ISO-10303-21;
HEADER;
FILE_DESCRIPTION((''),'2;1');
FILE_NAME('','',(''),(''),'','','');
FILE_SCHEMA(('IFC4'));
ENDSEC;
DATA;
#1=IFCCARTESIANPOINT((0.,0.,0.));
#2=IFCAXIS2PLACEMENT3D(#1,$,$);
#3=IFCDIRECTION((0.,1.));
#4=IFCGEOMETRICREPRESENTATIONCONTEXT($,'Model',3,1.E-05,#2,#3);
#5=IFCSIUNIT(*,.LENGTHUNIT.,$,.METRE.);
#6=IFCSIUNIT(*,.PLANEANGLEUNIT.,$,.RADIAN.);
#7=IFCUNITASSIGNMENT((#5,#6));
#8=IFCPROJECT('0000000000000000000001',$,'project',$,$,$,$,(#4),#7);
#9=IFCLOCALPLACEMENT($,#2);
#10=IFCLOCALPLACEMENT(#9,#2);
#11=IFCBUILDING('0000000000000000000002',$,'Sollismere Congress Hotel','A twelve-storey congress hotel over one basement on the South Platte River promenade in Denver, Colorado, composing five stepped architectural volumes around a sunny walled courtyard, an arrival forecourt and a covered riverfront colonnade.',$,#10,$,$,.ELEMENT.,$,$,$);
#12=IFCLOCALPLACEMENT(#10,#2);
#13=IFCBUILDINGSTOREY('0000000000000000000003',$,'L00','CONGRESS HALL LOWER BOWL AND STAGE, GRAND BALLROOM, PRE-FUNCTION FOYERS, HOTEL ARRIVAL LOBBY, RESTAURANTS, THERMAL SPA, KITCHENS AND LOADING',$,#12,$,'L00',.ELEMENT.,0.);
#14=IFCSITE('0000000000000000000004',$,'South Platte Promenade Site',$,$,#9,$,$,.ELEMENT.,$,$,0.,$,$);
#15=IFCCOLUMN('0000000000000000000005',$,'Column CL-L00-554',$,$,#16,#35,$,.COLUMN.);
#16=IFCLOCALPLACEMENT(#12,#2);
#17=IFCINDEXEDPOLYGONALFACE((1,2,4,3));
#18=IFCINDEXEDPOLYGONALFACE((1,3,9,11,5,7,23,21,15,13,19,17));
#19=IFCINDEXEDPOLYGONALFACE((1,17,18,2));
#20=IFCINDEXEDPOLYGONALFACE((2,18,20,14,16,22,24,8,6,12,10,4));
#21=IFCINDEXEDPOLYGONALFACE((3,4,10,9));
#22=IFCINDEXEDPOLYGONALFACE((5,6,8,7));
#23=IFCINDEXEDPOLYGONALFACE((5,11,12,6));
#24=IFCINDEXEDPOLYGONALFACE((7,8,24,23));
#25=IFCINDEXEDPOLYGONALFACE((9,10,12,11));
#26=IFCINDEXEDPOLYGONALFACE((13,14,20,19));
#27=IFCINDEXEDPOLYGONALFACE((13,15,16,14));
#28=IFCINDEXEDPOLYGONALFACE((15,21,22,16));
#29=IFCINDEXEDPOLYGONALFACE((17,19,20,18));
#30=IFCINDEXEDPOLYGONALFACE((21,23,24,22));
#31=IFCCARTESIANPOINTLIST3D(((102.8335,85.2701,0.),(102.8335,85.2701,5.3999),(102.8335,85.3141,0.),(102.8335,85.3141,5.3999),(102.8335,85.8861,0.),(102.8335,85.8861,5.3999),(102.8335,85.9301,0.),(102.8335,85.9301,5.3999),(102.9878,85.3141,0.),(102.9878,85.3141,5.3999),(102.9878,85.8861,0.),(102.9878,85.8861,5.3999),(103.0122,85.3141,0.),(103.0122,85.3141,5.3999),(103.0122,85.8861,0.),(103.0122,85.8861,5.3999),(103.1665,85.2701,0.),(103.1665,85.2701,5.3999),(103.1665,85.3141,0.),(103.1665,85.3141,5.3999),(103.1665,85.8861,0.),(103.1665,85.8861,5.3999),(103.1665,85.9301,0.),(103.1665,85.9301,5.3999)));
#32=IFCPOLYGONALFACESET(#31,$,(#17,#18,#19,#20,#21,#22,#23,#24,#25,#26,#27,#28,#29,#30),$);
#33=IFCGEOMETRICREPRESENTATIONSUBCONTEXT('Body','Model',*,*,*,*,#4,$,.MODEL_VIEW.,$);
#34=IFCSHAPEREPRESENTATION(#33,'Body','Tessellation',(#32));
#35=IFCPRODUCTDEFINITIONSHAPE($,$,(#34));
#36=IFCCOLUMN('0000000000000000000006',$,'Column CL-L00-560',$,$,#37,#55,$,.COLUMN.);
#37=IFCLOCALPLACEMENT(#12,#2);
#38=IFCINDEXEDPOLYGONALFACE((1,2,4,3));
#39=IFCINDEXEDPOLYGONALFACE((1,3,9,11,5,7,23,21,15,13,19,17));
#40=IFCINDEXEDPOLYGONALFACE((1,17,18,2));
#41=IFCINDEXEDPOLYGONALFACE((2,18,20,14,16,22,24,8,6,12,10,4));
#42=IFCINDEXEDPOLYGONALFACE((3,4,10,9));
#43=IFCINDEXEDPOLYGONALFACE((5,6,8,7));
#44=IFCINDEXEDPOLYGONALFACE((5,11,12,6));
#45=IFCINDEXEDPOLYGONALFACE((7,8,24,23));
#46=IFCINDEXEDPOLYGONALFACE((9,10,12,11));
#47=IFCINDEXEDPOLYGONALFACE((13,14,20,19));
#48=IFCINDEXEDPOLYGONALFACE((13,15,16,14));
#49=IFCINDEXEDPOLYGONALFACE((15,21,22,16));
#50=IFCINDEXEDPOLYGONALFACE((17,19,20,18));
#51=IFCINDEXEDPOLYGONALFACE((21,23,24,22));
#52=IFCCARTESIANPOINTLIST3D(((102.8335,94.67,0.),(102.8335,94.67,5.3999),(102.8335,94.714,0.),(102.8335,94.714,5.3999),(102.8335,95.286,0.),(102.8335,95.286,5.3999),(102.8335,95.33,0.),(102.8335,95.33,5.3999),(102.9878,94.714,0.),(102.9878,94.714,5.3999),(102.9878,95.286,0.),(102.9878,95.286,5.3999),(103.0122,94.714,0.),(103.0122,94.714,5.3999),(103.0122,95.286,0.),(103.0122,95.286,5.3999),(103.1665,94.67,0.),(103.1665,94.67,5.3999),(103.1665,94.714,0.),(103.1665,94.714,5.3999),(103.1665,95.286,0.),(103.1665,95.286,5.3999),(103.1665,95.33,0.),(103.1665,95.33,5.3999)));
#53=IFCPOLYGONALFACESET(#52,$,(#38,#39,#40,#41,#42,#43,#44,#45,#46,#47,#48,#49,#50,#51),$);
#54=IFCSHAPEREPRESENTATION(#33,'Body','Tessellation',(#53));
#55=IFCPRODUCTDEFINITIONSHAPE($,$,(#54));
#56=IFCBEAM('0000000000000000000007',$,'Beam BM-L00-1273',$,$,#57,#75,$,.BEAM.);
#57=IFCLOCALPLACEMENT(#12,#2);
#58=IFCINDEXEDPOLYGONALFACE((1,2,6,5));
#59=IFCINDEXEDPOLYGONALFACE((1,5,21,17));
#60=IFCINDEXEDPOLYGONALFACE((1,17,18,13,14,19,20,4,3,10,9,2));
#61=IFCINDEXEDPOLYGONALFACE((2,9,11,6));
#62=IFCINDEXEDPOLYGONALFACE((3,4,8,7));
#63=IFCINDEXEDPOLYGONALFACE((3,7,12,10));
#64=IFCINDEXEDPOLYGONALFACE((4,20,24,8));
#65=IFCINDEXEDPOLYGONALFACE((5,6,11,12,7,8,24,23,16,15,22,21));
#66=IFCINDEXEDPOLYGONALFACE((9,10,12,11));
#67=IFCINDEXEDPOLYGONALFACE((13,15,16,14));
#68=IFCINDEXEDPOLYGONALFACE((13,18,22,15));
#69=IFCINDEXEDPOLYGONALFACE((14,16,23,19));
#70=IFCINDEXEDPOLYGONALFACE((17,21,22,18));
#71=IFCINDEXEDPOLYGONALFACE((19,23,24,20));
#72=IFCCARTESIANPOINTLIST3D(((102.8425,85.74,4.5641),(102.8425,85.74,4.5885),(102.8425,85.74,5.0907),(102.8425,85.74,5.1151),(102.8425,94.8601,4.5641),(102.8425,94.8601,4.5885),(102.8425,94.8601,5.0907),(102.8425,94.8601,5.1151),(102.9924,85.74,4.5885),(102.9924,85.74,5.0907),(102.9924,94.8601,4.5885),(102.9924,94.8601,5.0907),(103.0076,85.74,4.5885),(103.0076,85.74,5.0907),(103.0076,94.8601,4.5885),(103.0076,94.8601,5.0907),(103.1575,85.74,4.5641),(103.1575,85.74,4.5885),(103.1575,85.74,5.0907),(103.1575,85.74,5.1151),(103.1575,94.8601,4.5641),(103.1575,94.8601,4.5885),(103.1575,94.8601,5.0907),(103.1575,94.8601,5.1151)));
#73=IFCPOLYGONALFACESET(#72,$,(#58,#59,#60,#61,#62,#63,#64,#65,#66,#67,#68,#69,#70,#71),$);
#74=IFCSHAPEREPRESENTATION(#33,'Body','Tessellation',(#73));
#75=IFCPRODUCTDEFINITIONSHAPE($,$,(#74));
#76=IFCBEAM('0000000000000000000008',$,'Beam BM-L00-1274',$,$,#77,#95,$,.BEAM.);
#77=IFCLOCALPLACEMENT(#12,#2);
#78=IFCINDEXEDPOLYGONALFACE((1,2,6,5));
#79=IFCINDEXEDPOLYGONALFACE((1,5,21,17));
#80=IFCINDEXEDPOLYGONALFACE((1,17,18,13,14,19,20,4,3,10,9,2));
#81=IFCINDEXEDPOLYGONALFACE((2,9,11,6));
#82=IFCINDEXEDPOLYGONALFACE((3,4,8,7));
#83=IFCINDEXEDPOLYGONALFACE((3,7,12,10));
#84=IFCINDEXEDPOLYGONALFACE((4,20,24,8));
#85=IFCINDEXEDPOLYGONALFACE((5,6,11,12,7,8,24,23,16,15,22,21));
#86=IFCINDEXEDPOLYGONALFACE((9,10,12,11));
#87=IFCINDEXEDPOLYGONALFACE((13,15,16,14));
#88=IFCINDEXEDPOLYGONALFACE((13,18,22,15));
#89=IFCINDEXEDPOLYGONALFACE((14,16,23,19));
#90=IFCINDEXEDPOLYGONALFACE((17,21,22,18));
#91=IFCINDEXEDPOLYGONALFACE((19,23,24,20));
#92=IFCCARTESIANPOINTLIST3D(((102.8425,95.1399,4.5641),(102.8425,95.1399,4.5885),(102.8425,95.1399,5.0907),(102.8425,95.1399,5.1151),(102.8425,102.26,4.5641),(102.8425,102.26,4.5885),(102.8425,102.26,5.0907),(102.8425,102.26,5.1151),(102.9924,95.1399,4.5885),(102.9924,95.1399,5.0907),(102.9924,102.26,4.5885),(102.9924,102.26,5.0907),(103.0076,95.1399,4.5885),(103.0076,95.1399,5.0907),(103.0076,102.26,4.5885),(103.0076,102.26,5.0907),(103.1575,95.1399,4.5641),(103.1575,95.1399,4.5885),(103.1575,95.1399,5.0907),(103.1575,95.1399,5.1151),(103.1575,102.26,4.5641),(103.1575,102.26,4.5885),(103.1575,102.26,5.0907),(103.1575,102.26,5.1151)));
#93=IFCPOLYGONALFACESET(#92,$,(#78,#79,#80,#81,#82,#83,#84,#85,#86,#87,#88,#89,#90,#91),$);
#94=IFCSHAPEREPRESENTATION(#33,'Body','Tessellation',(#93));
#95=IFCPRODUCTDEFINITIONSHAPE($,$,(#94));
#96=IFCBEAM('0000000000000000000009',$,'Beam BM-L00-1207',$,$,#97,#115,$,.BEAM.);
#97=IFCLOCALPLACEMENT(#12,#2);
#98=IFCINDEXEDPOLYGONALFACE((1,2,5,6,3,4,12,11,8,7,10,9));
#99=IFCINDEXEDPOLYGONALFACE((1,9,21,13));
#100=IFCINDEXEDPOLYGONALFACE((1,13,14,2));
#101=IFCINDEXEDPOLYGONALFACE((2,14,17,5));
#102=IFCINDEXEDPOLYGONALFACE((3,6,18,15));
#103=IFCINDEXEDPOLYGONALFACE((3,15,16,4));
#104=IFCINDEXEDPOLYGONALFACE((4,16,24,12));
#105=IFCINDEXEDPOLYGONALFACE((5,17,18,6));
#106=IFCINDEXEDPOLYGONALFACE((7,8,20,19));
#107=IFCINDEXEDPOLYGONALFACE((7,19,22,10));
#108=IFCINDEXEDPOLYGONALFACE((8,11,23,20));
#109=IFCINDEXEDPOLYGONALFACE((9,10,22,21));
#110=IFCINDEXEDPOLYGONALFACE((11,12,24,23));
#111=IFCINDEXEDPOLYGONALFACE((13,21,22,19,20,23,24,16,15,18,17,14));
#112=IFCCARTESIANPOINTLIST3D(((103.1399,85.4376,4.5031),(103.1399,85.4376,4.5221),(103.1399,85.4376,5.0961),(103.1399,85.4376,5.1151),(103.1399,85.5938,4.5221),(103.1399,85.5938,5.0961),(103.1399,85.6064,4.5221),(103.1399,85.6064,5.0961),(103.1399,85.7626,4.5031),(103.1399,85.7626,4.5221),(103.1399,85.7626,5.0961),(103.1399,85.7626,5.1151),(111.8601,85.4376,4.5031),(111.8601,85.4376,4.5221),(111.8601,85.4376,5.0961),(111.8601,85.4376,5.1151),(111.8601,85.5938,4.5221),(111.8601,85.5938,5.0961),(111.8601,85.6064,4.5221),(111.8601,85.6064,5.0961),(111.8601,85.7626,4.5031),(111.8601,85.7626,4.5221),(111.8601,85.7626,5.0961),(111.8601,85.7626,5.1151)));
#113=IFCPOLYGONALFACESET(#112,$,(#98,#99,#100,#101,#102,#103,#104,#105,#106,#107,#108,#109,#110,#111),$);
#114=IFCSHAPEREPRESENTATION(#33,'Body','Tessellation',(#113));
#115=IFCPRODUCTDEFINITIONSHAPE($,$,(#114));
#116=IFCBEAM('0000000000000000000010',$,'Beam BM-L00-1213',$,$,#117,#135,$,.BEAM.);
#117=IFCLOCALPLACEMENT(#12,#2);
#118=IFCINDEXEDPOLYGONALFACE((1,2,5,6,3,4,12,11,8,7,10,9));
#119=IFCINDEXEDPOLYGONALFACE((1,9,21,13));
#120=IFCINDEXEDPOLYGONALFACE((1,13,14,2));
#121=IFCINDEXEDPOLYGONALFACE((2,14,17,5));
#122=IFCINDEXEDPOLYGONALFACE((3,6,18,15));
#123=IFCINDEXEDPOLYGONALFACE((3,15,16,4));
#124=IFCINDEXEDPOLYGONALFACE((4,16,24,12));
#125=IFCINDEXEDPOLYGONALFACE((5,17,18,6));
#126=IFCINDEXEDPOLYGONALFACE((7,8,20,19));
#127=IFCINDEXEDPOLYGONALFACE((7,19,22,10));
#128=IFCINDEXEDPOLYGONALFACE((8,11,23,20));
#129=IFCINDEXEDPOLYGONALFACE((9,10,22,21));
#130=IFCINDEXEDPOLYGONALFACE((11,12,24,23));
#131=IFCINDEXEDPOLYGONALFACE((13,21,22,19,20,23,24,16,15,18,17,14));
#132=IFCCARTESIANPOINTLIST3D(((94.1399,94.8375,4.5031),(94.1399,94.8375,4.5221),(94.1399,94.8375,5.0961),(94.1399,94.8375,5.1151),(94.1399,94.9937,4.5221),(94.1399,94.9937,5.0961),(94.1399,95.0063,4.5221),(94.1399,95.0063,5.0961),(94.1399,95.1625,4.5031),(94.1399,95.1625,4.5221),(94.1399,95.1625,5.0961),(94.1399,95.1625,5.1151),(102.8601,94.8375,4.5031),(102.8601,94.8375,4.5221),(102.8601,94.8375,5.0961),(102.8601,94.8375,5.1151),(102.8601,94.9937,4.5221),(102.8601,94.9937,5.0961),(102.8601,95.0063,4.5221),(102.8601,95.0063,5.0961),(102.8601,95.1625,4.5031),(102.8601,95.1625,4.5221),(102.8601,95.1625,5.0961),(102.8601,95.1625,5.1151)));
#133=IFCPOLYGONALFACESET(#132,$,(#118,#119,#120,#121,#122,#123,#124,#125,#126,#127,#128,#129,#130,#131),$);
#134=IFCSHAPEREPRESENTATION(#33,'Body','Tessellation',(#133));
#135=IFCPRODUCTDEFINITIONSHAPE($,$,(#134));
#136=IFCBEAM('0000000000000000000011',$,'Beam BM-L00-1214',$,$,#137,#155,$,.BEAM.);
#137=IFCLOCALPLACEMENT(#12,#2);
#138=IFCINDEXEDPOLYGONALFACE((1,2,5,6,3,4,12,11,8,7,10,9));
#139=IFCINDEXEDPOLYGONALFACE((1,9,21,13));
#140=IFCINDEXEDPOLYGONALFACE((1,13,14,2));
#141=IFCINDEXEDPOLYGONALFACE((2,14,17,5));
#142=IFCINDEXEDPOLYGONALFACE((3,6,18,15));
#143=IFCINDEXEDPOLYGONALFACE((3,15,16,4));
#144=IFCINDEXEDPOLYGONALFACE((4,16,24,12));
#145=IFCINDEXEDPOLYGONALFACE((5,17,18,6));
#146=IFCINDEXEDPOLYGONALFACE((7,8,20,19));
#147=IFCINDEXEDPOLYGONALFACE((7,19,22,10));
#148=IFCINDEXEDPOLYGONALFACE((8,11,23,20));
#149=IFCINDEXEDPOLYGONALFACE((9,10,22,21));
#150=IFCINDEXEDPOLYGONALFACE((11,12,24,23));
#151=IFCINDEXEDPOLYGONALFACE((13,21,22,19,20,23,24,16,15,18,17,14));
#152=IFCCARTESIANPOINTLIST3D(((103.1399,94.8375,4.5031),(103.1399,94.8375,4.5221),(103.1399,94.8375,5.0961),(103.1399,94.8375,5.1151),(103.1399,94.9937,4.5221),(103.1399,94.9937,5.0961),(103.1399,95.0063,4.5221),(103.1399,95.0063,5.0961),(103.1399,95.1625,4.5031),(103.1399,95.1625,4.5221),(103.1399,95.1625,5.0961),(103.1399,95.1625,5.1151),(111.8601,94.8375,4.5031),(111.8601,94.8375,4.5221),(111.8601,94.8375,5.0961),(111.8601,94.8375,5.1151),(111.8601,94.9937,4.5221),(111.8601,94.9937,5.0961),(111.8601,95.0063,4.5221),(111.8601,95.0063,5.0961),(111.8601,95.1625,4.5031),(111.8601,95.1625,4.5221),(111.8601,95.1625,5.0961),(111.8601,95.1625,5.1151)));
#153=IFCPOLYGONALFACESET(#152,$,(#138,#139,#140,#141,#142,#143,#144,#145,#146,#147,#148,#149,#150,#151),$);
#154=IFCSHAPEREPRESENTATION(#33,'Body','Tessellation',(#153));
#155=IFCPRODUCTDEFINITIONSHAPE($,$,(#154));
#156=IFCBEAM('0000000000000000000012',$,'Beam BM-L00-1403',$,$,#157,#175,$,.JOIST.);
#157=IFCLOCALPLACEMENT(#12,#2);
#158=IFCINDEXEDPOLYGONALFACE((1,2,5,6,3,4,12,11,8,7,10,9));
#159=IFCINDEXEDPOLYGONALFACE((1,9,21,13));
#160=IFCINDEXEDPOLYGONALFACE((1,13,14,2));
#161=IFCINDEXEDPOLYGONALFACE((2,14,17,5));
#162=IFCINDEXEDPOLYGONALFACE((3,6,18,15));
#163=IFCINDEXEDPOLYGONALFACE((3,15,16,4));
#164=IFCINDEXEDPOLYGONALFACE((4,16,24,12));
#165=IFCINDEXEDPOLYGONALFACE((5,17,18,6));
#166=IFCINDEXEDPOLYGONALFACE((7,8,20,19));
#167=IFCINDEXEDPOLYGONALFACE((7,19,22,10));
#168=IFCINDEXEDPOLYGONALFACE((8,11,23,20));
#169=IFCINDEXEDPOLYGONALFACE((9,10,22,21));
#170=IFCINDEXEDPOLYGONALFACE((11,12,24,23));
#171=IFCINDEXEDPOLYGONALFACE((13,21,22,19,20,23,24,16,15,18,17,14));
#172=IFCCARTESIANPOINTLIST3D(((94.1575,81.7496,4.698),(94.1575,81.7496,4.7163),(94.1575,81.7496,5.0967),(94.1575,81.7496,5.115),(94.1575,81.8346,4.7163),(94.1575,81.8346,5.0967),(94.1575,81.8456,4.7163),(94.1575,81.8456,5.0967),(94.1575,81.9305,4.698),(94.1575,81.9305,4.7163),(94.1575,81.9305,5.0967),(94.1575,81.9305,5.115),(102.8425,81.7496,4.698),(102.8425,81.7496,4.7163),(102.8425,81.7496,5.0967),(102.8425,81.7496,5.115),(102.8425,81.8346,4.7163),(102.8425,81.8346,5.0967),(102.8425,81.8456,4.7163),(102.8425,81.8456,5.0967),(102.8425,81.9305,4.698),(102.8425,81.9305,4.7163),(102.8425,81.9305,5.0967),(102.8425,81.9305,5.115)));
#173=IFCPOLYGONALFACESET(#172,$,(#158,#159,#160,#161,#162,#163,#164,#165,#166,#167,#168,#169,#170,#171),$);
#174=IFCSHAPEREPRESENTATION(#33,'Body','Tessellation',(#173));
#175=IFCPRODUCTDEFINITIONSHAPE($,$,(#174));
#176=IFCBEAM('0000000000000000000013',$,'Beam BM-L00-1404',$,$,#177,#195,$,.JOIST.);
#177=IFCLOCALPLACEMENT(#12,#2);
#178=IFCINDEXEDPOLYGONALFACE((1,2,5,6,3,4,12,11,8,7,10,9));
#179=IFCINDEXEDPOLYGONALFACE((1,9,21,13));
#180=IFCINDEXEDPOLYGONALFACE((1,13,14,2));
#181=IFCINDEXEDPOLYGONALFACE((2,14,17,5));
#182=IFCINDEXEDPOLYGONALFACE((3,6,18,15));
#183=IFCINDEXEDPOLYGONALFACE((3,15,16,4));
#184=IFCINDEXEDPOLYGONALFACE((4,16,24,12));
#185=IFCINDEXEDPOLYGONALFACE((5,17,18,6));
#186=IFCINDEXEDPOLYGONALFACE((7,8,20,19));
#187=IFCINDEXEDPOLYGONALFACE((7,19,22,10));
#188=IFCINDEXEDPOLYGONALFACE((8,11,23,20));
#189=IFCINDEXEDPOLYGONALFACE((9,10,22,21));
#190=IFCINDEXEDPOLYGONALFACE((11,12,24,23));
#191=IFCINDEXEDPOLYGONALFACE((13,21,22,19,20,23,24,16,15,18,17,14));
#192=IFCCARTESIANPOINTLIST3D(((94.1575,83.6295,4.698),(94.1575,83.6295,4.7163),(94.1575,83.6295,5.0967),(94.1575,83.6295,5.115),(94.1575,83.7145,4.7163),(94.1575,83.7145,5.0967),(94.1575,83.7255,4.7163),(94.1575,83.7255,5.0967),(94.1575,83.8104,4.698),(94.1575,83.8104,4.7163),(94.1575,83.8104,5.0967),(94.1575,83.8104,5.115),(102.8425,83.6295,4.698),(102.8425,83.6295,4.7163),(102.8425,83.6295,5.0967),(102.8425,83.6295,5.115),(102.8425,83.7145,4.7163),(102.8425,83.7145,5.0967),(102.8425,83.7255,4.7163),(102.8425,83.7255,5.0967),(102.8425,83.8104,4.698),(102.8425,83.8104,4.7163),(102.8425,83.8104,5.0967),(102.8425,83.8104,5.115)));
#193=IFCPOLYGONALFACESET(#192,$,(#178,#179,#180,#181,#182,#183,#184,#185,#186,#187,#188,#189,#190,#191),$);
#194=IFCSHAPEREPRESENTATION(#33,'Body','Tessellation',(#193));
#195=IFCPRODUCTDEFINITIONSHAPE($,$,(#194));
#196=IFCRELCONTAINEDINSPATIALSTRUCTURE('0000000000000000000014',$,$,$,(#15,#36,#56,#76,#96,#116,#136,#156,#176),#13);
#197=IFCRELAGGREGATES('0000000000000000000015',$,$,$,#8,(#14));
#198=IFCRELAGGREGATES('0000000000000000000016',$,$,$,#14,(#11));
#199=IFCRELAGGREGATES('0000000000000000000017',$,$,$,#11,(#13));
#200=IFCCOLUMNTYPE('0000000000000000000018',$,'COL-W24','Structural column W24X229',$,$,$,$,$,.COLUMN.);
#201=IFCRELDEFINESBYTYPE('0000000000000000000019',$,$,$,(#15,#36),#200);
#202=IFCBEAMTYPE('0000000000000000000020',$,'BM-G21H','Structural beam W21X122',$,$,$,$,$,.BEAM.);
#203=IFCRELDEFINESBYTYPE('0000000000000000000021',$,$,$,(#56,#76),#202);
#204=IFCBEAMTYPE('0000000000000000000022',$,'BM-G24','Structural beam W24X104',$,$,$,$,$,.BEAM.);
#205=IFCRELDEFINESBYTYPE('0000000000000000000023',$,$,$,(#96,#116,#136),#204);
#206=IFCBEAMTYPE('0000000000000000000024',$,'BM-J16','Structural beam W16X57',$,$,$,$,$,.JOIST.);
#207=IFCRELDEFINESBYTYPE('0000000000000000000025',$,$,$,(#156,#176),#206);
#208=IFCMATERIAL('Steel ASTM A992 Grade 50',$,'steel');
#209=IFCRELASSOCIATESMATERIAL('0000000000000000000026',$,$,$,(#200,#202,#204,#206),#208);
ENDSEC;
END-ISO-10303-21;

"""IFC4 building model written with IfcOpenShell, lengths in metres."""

from ifc_helpers import new_model, si_unit, direction, frame, origin, origin_2d, place, context, subcontext, project, spatial, i_section, extrude, material, material_profile, profile_set, type_object, element, save


model = new_model("IFC4")

# Units and contexts
model_context = context("Model", 3, precision=1e-05, world=origin(), true_north=direction((0.0, 1.0)))
body_context = subcontext(model_context, "Body", "Model", "MODEL_VIEW")
ifc_project = project(units=[si_unit("LENGTHUNIT", "METRE"), si_unit("PLANEANGLEUNIT", "RADIAN")], contexts=[model_context])

# Site, building, storey
site_placement = place(None, origin())
site = spatial("IfcSite", under=ifc_project, at=site_placement, Name="South Platte Promenade Site", CompositionType="ELEMENT", RefElevation=0.0)
building_placement = place(site_placement, origin())
building = spatial("IfcBuilding", under=site, at=building_placement, Name="Sollismere Congress Hotel", Description="A twelve-storey congress hotel over one basement on the South Platte River promenade in Denver, Colorado, composing five stepped architectural volumes around a sunny walled courtyard, an arrival forecourt and a covered riverfront colonnade.", CompositionType="ELEMENT")
storey_placement = place(building_placement, origin())
storey = spatial("IfcBuildingStorey", under=building, at=storey_placement, Name="L00", Description="CONGRESS HALL LOWER BOWL AND STAGE, GRAND BALLROOM, PRE-FUNCTION FOYERS, HOTEL ARRIVAL LOBBY, RESTAURANTS, THERMAL SPA, KITCHENS AND LOADING", LongName="L00", CompositionType="ELEMENT", Elevation=0.0)

# Columns
ifc_material = material(Name="Steel ASTM A992 Grade 50", Category="steel")
ifc_material_profile_1 = material_profile(ifc_material, i_section(OverallWidth=0.333, OverallDepth=0.6599, WebThickness=0.0244, FlangeThickness=0.0439, at=origin_2d()), Name="W24X229")
ifc_profile_set_1 = profile_set([ifc_material_profile_1], Name="Steel ASTM A992 Grade 50")
column_type = type_object("IfcColumnType", Name="COL-W24", Description="Structural column W24X229", PredefinedType="COLUMN", material=ifc_profile_set_1)
for number, where, z_axis, x_axis, name in (
    (1, (103.0, 85.6001, 0.0), (0.0, 0.0, 1.0), (1.0, 0.0, 0.0), "Column CL-L00-554"),
    (2, (103.0, 95.0, 0.0), (0.0, 0.0, 1.0), (1.0, 0.0, 0.0), "Column CL-L00-560"),
):
    element("IfcColumn", number, at=place(storey_placement, frame(where, z_axis=z_axis, x_axis=x_axis)), inside=storey, type_object=column_type, Name=name, PredefinedType="COLUMN", context=body_context, shape_type="SweptSolid", body=[
        extrude(i_section(OverallWidth=0.333, OverallDepth=0.6599, WebThickness=0.0244, FlangeThickness=0.0439, at=origin_2d()), origin(), (0.0, 0.0, 1.0), 5.3999),
    ])

# Beams
ifc_material_profile_2 = material_profile(ifc_material, i_section(OverallWidth=0.3149, OverallDepth=0.551, WebThickness=0.0151, FlangeThickness=0.0244, at=origin_2d()), Name="W21X122")
ifc_profile_set_2 = profile_set([ifc_material_profile_2], Name="Steel ASTM A992 Grade 50")
beam_type_1 = type_object("IfcBeamType", Name="BM-G21H", Description="Structural beam W21X122", PredefinedType="BEAM", material=ifc_profile_set_2)
beam_1_placement = place(storey_placement, frame((103.0, 85.74, 4.8396), z_axis=(0.0, 1.0, 0.0), x_axis=(-1.0, 0.0, 0.0)))
element("IfcBeam", 3, at=beam_1_placement, inside=storey, type_object=beam_type_1, Name="Beam BM-L00-1273", PredefinedType="BEAM", context=body_context, shape_type="SweptSolid", body=[
    extrude(i_section(OverallWidth=0.3149, OverallDepth=0.551, WebThickness=0.0151, FlangeThickness=0.0244, at=origin_2d()), origin(), (0.0, 0.0, 1.0), 9.1201),
])
beam_2_placement = place(storey_placement, frame((103.0, 95.1399, 4.8396), z_axis=(0.0, 1.0, 0.0), x_axis=(-1.0, 0.0, 0.0)))
element("IfcBeam", 4, at=beam_2_placement, inside=storey, type_object=beam_type_1, Name="Beam BM-L00-1274", PredefinedType="BEAM", context=body_context, shape_type="SweptSolid", body=[
    extrude(i_section(OverallWidth=0.3149, OverallDepth=0.551, WebThickness=0.0151, FlangeThickness=0.0244, at=origin_2d()), origin(), (0.0, 0.0, 1.0), 7.1201),
])
ifc_material_profile_3 = material_profile(ifc_material, i_section(OverallWidth=0.325, OverallDepth=0.6121, WebThickness=0.0127, FlangeThickness=0.019, at=origin_2d()), Name="W24X104")
ifc_profile_set_3 = profile_set([ifc_material_profile_3], Name="Steel ASTM A992 Grade 50")
beam_type_2 = type_object("IfcBeamType", Name="BM-G24", Description="Structural beam W24X104", PredefinedType="BEAM", material=ifc_profile_set_3)
for number, where, z_axis, x_axis, name in (
    (5, (103.1399, 85.6001, 4.8091), (1.0, 0.0, 0.0), (0.0, 1.0, 0.0), "Beam BM-L00-1207"),
    (6, (94.1399, 95.0, 4.8091), (1.0, 0.0, 0.0), (0.0, 1.0, 0.0), "Beam BM-L00-1213"),
    (7, (103.1399, 95.0, 4.8091), (1.0, 0.0, 0.0), (0.0, 1.0, 0.0), "Beam BM-L00-1214"),
):
    element("IfcBeam", number, at=place(storey_placement, frame(where, z_axis=z_axis, x_axis=x_axis)), inside=storey, type_object=beam_type_2, Name=name, PredefinedType="BEAM", context=body_context, shape_type="SweptSolid", body=[
        extrude(i_section(OverallWidth=0.325, OverallDepth=0.6121, WebThickness=0.0127, FlangeThickness=0.019, at=origin_2d()), origin(), (0.0, 0.0, 1.0), 8.7202),
    ])
ifc_material_profile_4 = material_profile(ifc_material, i_section(OverallWidth=0.1809, OverallDepth=0.417, WebThickness=0.011, FlangeThickness=0.0183, at=origin_2d()), Name="W16X57")
ifc_profile_set_4 = profile_set([ifc_material_profile_4], Name="Steel ASTM A992 Grade 50")
beam_type_3 = type_object("IfcBeamType", Name="BM-J16", Description="Structural beam W16X57", PredefinedType="JOIST", material=ifc_profile_set_4)
for number, where, z_axis, x_axis, name in (
    (8, (94.1575, 81.8401, 4.9065), (1.0, 0.0, 0.0), (0.0, 1.0, 0.0), "Beam BM-L00-1403"),
    (9, (94.1575, 83.72, 4.9065), (1.0, 0.0, 0.0), (0.0, 1.0, 0.0), "Beam BM-L00-1404"),
):
    element("IfcBeam", number, at=place(storey_placement, frame(where, z_axis=z_axis, x_axis=x_axis)), inside=storey, type_object=beam_type_3, Name=name, PredefinedType="JOIST", context=body_context, shape_type="SweptSolid", body=[
        extrude(i_section(OverallWidth=0.1809, OverallDepth=0.417, WebThickness=0.011, FlangeThickness=0.0183, at=origin_2d()), origin(), (0.0, 0.0, 1.0), 8.6851),
    ])

save(model, "model.ifc")
